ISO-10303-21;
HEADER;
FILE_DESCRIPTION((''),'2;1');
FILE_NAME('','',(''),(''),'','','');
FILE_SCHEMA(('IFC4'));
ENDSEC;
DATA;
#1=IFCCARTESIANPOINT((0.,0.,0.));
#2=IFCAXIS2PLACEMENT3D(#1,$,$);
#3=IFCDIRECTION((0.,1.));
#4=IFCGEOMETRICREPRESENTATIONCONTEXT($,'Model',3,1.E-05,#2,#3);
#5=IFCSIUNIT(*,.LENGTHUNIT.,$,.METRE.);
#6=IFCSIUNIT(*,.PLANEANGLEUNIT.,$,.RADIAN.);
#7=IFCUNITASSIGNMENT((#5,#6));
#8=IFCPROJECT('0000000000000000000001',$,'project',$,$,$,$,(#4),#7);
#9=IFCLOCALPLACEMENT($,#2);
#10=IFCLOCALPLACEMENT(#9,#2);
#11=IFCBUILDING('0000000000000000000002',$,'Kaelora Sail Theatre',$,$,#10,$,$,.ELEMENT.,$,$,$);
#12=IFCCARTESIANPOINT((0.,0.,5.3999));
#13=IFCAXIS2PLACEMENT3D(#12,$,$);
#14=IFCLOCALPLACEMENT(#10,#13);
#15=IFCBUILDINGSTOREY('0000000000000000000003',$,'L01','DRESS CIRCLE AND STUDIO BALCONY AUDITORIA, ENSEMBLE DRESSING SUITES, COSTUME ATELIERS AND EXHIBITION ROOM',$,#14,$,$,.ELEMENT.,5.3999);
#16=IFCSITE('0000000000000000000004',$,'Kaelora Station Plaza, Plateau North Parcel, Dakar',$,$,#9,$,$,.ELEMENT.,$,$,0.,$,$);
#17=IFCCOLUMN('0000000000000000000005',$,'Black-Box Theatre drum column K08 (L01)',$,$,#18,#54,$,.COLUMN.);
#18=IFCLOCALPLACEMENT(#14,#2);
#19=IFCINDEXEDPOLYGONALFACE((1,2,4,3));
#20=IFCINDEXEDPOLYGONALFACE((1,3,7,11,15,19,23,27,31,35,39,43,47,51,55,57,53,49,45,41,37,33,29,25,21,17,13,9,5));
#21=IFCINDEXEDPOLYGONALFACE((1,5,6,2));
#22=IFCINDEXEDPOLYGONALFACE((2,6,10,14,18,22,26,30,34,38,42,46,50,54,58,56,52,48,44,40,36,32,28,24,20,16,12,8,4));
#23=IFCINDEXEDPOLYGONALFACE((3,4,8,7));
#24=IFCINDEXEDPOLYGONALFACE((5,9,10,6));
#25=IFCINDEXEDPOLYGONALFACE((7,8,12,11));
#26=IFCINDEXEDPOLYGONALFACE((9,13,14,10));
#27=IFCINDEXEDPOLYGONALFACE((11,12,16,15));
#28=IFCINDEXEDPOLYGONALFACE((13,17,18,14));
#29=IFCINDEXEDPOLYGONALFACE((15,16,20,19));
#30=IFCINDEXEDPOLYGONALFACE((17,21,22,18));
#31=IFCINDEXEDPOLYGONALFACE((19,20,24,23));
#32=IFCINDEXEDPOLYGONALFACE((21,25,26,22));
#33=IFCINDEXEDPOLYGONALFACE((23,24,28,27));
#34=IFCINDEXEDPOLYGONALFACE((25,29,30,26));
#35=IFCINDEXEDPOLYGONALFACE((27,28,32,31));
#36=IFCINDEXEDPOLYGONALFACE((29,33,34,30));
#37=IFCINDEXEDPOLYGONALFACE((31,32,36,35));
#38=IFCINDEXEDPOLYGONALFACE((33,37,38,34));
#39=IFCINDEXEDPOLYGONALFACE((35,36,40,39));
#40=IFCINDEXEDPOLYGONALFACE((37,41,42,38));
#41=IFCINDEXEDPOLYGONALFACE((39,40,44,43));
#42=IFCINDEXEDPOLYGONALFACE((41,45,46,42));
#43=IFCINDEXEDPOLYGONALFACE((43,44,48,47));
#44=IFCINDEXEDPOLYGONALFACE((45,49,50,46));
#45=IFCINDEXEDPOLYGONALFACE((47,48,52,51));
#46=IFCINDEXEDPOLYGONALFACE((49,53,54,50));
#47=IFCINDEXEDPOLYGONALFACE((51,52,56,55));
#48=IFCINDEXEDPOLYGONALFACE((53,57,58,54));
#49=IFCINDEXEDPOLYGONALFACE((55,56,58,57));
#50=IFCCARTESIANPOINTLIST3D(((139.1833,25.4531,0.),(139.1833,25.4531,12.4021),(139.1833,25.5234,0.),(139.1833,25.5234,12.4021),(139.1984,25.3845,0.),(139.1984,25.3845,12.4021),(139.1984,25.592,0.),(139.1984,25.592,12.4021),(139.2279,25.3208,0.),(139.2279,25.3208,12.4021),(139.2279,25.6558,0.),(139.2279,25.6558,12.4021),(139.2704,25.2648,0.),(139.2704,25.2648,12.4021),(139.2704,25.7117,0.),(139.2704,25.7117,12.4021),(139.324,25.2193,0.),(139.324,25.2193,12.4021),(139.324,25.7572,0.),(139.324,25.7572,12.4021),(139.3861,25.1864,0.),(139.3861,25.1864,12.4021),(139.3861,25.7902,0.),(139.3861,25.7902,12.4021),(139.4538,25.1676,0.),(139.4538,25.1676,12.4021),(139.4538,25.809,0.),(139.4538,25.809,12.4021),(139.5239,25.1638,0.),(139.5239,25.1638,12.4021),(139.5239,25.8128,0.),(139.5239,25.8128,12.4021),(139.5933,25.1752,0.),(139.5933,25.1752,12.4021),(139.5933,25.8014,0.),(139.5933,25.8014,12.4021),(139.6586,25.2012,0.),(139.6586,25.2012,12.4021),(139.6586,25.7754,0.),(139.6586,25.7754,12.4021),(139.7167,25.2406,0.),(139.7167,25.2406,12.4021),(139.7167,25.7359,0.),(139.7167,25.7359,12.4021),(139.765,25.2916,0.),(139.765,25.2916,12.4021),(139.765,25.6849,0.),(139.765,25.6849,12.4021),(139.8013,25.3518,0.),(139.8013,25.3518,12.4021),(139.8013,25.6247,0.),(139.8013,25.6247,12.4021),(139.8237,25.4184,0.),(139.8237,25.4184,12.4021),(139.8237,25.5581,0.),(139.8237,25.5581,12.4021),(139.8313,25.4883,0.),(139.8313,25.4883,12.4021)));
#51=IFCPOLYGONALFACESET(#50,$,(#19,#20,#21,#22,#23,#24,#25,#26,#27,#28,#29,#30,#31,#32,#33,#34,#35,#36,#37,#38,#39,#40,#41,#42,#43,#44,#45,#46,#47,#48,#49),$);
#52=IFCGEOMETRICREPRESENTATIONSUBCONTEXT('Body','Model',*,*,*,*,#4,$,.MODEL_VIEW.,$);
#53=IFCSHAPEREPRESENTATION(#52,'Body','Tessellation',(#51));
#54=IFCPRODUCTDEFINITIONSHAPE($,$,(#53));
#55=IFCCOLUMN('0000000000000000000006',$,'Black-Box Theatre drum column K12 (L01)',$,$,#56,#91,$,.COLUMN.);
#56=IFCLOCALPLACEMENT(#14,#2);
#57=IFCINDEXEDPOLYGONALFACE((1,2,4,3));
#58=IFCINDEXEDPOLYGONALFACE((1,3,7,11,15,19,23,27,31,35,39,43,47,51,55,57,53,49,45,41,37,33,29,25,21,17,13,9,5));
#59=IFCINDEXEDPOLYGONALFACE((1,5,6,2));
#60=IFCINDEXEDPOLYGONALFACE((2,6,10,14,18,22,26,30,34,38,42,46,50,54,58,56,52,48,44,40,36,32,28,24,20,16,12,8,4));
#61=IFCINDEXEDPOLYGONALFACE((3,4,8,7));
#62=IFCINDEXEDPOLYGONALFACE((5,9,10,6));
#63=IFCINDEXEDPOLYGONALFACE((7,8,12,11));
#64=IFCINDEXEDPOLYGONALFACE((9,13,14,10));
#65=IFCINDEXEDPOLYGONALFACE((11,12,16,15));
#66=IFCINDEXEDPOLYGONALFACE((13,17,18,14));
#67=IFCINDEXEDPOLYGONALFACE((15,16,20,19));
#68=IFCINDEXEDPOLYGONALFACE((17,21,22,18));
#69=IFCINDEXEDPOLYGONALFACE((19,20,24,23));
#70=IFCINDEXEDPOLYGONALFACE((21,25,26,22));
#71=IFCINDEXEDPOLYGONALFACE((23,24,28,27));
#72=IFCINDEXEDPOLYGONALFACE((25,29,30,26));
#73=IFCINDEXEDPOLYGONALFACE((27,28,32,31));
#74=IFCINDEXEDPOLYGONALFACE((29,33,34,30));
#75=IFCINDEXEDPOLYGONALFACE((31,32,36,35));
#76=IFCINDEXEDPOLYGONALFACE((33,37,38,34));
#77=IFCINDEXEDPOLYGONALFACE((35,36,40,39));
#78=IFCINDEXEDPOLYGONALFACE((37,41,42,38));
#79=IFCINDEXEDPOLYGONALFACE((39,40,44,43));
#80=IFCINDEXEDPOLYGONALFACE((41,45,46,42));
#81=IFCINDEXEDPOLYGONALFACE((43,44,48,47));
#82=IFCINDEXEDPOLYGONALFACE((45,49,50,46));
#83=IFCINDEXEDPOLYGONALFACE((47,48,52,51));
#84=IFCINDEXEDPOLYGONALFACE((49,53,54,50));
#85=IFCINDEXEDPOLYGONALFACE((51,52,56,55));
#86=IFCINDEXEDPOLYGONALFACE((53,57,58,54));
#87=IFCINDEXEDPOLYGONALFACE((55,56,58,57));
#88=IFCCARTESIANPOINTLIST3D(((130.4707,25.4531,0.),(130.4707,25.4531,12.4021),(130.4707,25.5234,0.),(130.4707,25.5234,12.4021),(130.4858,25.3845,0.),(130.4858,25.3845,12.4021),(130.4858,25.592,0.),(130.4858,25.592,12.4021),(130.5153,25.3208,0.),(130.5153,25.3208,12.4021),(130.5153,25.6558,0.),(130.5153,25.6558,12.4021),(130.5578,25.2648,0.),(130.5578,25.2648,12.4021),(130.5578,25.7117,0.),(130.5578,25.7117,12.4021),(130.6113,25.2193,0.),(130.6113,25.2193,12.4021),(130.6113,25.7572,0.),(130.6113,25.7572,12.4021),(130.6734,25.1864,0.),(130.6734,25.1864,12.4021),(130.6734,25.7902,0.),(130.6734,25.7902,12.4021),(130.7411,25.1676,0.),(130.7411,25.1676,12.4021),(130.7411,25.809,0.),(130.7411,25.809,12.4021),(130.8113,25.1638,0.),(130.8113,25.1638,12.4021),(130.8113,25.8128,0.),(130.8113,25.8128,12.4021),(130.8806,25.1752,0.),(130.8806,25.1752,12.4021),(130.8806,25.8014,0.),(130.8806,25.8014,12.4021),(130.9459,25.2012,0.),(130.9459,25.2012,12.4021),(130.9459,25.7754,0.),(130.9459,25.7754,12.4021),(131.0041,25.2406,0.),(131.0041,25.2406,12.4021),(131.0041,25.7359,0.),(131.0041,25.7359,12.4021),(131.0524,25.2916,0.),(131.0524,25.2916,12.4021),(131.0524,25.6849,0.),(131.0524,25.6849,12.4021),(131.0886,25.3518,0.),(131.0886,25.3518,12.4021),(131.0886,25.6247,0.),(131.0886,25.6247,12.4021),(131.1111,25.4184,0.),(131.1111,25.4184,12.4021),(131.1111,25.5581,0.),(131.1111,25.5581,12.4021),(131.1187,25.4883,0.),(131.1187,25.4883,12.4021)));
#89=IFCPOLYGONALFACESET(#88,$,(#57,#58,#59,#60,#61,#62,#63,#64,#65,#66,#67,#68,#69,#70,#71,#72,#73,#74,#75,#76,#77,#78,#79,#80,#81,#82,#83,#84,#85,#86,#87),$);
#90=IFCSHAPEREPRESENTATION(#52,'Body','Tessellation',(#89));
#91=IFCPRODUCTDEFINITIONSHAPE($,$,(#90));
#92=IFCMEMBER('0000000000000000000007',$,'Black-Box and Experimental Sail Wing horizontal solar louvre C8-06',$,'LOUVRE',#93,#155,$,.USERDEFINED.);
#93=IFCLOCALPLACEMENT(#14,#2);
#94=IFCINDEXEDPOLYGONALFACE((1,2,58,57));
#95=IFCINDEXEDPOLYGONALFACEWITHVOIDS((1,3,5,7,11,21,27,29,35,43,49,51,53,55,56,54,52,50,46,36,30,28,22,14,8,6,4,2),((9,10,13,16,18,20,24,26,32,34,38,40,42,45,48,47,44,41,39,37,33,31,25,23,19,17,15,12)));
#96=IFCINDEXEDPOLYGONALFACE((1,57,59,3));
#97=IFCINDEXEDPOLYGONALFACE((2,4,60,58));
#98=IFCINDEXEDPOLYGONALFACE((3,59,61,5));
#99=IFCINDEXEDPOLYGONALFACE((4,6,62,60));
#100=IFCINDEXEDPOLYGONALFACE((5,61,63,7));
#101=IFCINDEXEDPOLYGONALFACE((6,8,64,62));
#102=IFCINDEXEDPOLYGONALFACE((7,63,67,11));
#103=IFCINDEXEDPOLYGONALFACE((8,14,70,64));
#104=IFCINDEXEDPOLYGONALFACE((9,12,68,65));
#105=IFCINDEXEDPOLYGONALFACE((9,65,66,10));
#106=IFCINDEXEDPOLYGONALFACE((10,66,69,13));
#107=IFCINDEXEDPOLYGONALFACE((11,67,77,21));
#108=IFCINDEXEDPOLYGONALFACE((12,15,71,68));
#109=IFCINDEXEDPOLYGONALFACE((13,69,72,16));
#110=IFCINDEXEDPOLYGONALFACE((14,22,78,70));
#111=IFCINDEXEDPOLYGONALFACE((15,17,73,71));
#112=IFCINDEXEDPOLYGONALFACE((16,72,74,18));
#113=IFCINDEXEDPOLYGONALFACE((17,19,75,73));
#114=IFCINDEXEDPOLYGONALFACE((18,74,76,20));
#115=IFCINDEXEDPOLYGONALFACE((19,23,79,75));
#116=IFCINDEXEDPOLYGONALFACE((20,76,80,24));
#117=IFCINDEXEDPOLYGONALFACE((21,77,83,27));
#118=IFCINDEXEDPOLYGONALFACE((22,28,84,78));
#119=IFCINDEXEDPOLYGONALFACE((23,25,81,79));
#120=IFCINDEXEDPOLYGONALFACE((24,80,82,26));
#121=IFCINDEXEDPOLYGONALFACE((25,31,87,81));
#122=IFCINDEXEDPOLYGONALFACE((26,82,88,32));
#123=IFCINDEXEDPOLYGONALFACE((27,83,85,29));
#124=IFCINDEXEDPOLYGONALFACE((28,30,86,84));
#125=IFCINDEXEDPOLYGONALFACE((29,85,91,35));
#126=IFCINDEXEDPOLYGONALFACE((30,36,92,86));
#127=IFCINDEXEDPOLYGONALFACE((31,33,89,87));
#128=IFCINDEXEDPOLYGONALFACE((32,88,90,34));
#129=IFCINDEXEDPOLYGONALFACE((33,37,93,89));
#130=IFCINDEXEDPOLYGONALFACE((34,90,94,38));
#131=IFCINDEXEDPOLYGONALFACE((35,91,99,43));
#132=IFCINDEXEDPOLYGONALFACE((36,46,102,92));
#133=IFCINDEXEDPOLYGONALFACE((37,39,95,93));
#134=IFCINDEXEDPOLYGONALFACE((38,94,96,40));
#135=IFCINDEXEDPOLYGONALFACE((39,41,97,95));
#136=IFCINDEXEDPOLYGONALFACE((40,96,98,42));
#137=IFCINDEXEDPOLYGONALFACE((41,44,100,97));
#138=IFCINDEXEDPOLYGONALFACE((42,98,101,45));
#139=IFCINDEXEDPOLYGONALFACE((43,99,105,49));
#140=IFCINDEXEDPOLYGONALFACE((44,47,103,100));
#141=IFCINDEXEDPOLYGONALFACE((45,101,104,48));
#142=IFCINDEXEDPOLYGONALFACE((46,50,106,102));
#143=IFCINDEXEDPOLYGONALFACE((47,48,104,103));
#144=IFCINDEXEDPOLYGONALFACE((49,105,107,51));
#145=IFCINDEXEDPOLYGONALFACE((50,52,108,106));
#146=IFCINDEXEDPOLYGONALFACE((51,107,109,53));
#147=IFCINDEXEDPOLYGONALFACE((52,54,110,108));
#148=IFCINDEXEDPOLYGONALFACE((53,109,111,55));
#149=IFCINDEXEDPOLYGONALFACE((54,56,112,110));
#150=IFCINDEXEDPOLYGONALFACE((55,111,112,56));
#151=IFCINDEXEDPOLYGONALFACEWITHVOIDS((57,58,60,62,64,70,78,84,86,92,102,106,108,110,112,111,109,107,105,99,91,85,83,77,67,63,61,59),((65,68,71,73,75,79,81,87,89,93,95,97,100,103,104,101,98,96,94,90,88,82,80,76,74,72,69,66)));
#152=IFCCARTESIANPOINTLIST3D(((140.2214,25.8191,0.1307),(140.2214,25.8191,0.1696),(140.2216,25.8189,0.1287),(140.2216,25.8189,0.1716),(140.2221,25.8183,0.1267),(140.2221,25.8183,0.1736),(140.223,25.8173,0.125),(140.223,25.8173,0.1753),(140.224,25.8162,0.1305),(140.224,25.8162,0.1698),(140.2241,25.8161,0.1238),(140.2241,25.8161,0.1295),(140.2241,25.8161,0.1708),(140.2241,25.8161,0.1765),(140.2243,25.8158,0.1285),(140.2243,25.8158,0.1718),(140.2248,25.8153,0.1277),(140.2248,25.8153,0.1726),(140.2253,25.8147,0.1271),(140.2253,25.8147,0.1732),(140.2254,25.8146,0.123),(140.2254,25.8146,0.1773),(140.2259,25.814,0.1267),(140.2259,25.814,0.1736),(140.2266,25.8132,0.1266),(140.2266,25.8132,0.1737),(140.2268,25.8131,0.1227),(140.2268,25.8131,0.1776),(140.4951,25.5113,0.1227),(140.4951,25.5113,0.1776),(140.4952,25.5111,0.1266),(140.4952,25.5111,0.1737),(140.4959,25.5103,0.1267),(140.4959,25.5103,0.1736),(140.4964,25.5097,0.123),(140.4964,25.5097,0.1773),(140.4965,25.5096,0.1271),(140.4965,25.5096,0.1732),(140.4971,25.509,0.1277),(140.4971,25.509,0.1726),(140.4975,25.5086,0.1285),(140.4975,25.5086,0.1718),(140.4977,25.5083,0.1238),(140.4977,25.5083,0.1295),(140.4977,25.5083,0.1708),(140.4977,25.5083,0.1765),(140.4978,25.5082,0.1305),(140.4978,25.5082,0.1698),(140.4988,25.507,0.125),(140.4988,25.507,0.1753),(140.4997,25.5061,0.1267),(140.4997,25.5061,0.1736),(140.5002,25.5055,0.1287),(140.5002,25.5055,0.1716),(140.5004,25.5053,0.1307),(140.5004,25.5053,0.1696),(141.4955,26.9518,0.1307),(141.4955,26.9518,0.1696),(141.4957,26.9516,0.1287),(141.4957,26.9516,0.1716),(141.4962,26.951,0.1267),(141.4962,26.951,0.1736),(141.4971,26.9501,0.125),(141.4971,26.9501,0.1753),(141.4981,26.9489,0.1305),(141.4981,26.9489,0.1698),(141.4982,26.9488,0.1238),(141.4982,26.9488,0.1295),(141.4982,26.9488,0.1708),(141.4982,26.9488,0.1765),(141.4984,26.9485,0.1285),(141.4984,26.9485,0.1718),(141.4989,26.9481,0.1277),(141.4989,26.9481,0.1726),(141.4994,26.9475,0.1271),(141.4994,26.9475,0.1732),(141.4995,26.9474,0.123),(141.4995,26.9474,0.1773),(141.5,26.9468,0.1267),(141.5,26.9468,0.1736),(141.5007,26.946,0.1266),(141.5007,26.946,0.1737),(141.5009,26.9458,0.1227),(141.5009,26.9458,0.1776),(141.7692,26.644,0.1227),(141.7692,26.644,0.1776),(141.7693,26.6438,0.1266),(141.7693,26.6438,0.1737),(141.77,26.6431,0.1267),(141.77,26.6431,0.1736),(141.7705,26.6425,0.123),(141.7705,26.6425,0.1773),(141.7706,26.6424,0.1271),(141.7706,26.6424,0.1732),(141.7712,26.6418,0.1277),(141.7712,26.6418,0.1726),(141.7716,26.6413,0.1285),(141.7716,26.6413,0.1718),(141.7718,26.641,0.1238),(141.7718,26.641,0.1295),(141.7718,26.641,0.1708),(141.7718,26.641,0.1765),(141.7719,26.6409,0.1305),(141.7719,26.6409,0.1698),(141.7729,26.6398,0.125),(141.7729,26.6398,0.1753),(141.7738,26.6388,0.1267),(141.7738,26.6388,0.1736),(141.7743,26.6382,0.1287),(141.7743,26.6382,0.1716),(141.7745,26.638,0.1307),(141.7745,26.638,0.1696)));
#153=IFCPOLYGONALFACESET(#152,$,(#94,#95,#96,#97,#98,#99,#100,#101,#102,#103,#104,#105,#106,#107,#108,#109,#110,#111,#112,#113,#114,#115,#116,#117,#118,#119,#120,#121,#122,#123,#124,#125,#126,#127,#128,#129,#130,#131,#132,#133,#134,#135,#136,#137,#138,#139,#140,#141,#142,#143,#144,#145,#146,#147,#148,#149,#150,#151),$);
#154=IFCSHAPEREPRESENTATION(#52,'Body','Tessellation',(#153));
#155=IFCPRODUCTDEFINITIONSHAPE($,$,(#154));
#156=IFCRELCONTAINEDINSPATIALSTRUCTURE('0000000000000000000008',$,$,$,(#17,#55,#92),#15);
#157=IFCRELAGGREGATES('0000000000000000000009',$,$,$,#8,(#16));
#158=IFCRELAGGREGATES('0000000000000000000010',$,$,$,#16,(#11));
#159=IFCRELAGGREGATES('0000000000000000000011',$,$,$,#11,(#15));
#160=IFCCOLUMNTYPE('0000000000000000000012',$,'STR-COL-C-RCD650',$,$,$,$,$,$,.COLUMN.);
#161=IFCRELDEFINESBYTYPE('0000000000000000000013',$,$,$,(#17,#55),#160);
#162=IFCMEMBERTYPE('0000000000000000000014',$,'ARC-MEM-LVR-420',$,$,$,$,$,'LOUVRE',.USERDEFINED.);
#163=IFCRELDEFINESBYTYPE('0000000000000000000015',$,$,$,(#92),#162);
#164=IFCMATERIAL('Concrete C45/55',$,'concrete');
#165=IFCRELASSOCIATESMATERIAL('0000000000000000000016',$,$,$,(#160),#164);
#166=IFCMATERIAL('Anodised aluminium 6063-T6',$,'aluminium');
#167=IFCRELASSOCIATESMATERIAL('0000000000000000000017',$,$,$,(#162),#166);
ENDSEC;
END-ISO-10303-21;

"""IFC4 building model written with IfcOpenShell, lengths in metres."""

from ifc_helpers import new_model, si_unit, direction, frame, origin, origin_2d, place, context, subcontext, project, spatial, hollow_rectangle, circle, extrude, material, material_profile, profile_set, type_object, element, save


model = new_model("IFC4")

# Units and contexts
model_context = context("Model", 3, precision=1e-05, world=origin(), true_north=direction((0.0, 1.0)))
body_context = subcontext(model_context, "Body", "Model", "MODEL_VIEW")
ifc_project = project(units=[si_unit("LENGTHUNIT", "METRE"), si_unit("PLANEANGLEUNIT", "RADIAN")], contexts=[model_context])

# Site, building, storey
site_placement = place(None, origin())
site = spatial("IfcSite", under=ifc_project, at=site_placement, Name="Kaelora Station Plaza, Plateau North Parcel, Dakar", CompositionType="ELEMENT", RefElevation=0.0)
building_placement = place(site_placement, origin())
building = spatial("IfcBuilding", under=site, at=building_placement, Name="Kaelora Sail Theatre", CompositionType="ELEMENT")
storey_placement = place(building_placement, frame((0.0, 0.0, 5.3999)))
storey = spatial("IfcBuildingStorey", under=building, at=storey_placement, Name="L01", Description="DRESS CIRCLE AND STUDIO BALCONY AUDITORIA, ENSEMBLE DRESSING SUITES, COSTUME ATELIERS AND EXHIBITION ROOM", CompositionType="ELEMENT", Elevation=5.3999)

# Columns
ifc_material_1 = material(Name="Concrete C45/55", Category="concrete")
ifc_material_profile_1 = material_profile(ifc_material_1, circle(Radius=0.325, at=origin_2d()), Name="RC-CCOL D650")
ifc_profile_set_1 = profile_set([ifc_material_profile_1], Name="Concrete C45/55")
column_type = type_object("IfcColumnType", Name="STR-COL-C-RCD650", PredefinedType="COLUMN", material=ifc_profile_set_1)
for number, where, z_axis, x_axis, name in (
    (1, (139.5063, 25.4883, 0.0), (0.0, 0.0, 1.0), (1.0, 0.0, 0.0), "Black-Box Theatre drum column K08 (L01)"),
    (2, (130.7937, 25.4883, 0.0), (0.0, 0.0, 1.0), (1.0, 0.0, 0.0), "Black-Box Theatre drum column K12 (L01)"),
):
    element("IfcColumn", number, at=place(storey_placement, frame(where, z_axis=z_axis, x_axis=x_axis)), inside=storey, type_object=column_type, Name=name, PredefinedType="COLUMN", context=body_context, shape_type="SweptSolid", body=[
        extrude(circle(Radius=0.325, at=origin_2d()), origin(), (0.0, 0.0, 1.0), 12.4021),
    ])

# Member
ifc_material_2 = material(Name="Anodised aluminium 6063-T6", Category="aluminium")
ifc_material_profile_2 = material_profile(ifc_material_2, hollow_rectangle(XDim=0.4199, YDim=0.0549, WallThickness=0.0039, InnerFilletRadius=0.0039, OuterFilletRadius=0.0081, at=origin_2d()), Name="LOUVRE 420x55x4")
ifc_profile_set_2 = profile_set([ifc_material_profile_2], Name="Anodised aluminium 6063-T6")
member_type = type_object("IfcMemberType", Name="ARC-MEM-LVR-420", ElementType="LOUVRE", PredefinedType="USERDEFINED", material=ifc_profile_set_2)
for number, where, z_axis, x_axis, name in (
    (3, (141.635, 26.7949, 0.1501), (-0.747346, -0.664435, 0.0), (0.664435, -0.747346, 0.0), "Black-Box and Experimental Sail Wing horizontal solar louvre C8-06"),
):
    element("IfcMember", number, at=place(storey_placement, frame(where, z_axis=z_axis, x_axis=x_axis)), inside=storey, type_object=member_type, Name=name, ObjectType="LOUVRE", PredefinedType="USERDEFINED", context=body_context, shape_type="SweptSolid", body=[
        extrude(hollow_rectangle(XDim=0.4199, YDim=0.0549, WallThickness=0.0039, InnerFilletRadius=0.0039, OuterFilletRadius=0.0081, at=origin_2d()), origin(), (0.0, 0.0, 1.0), 1.7048),
    ])

save(model, "model.ifc")
